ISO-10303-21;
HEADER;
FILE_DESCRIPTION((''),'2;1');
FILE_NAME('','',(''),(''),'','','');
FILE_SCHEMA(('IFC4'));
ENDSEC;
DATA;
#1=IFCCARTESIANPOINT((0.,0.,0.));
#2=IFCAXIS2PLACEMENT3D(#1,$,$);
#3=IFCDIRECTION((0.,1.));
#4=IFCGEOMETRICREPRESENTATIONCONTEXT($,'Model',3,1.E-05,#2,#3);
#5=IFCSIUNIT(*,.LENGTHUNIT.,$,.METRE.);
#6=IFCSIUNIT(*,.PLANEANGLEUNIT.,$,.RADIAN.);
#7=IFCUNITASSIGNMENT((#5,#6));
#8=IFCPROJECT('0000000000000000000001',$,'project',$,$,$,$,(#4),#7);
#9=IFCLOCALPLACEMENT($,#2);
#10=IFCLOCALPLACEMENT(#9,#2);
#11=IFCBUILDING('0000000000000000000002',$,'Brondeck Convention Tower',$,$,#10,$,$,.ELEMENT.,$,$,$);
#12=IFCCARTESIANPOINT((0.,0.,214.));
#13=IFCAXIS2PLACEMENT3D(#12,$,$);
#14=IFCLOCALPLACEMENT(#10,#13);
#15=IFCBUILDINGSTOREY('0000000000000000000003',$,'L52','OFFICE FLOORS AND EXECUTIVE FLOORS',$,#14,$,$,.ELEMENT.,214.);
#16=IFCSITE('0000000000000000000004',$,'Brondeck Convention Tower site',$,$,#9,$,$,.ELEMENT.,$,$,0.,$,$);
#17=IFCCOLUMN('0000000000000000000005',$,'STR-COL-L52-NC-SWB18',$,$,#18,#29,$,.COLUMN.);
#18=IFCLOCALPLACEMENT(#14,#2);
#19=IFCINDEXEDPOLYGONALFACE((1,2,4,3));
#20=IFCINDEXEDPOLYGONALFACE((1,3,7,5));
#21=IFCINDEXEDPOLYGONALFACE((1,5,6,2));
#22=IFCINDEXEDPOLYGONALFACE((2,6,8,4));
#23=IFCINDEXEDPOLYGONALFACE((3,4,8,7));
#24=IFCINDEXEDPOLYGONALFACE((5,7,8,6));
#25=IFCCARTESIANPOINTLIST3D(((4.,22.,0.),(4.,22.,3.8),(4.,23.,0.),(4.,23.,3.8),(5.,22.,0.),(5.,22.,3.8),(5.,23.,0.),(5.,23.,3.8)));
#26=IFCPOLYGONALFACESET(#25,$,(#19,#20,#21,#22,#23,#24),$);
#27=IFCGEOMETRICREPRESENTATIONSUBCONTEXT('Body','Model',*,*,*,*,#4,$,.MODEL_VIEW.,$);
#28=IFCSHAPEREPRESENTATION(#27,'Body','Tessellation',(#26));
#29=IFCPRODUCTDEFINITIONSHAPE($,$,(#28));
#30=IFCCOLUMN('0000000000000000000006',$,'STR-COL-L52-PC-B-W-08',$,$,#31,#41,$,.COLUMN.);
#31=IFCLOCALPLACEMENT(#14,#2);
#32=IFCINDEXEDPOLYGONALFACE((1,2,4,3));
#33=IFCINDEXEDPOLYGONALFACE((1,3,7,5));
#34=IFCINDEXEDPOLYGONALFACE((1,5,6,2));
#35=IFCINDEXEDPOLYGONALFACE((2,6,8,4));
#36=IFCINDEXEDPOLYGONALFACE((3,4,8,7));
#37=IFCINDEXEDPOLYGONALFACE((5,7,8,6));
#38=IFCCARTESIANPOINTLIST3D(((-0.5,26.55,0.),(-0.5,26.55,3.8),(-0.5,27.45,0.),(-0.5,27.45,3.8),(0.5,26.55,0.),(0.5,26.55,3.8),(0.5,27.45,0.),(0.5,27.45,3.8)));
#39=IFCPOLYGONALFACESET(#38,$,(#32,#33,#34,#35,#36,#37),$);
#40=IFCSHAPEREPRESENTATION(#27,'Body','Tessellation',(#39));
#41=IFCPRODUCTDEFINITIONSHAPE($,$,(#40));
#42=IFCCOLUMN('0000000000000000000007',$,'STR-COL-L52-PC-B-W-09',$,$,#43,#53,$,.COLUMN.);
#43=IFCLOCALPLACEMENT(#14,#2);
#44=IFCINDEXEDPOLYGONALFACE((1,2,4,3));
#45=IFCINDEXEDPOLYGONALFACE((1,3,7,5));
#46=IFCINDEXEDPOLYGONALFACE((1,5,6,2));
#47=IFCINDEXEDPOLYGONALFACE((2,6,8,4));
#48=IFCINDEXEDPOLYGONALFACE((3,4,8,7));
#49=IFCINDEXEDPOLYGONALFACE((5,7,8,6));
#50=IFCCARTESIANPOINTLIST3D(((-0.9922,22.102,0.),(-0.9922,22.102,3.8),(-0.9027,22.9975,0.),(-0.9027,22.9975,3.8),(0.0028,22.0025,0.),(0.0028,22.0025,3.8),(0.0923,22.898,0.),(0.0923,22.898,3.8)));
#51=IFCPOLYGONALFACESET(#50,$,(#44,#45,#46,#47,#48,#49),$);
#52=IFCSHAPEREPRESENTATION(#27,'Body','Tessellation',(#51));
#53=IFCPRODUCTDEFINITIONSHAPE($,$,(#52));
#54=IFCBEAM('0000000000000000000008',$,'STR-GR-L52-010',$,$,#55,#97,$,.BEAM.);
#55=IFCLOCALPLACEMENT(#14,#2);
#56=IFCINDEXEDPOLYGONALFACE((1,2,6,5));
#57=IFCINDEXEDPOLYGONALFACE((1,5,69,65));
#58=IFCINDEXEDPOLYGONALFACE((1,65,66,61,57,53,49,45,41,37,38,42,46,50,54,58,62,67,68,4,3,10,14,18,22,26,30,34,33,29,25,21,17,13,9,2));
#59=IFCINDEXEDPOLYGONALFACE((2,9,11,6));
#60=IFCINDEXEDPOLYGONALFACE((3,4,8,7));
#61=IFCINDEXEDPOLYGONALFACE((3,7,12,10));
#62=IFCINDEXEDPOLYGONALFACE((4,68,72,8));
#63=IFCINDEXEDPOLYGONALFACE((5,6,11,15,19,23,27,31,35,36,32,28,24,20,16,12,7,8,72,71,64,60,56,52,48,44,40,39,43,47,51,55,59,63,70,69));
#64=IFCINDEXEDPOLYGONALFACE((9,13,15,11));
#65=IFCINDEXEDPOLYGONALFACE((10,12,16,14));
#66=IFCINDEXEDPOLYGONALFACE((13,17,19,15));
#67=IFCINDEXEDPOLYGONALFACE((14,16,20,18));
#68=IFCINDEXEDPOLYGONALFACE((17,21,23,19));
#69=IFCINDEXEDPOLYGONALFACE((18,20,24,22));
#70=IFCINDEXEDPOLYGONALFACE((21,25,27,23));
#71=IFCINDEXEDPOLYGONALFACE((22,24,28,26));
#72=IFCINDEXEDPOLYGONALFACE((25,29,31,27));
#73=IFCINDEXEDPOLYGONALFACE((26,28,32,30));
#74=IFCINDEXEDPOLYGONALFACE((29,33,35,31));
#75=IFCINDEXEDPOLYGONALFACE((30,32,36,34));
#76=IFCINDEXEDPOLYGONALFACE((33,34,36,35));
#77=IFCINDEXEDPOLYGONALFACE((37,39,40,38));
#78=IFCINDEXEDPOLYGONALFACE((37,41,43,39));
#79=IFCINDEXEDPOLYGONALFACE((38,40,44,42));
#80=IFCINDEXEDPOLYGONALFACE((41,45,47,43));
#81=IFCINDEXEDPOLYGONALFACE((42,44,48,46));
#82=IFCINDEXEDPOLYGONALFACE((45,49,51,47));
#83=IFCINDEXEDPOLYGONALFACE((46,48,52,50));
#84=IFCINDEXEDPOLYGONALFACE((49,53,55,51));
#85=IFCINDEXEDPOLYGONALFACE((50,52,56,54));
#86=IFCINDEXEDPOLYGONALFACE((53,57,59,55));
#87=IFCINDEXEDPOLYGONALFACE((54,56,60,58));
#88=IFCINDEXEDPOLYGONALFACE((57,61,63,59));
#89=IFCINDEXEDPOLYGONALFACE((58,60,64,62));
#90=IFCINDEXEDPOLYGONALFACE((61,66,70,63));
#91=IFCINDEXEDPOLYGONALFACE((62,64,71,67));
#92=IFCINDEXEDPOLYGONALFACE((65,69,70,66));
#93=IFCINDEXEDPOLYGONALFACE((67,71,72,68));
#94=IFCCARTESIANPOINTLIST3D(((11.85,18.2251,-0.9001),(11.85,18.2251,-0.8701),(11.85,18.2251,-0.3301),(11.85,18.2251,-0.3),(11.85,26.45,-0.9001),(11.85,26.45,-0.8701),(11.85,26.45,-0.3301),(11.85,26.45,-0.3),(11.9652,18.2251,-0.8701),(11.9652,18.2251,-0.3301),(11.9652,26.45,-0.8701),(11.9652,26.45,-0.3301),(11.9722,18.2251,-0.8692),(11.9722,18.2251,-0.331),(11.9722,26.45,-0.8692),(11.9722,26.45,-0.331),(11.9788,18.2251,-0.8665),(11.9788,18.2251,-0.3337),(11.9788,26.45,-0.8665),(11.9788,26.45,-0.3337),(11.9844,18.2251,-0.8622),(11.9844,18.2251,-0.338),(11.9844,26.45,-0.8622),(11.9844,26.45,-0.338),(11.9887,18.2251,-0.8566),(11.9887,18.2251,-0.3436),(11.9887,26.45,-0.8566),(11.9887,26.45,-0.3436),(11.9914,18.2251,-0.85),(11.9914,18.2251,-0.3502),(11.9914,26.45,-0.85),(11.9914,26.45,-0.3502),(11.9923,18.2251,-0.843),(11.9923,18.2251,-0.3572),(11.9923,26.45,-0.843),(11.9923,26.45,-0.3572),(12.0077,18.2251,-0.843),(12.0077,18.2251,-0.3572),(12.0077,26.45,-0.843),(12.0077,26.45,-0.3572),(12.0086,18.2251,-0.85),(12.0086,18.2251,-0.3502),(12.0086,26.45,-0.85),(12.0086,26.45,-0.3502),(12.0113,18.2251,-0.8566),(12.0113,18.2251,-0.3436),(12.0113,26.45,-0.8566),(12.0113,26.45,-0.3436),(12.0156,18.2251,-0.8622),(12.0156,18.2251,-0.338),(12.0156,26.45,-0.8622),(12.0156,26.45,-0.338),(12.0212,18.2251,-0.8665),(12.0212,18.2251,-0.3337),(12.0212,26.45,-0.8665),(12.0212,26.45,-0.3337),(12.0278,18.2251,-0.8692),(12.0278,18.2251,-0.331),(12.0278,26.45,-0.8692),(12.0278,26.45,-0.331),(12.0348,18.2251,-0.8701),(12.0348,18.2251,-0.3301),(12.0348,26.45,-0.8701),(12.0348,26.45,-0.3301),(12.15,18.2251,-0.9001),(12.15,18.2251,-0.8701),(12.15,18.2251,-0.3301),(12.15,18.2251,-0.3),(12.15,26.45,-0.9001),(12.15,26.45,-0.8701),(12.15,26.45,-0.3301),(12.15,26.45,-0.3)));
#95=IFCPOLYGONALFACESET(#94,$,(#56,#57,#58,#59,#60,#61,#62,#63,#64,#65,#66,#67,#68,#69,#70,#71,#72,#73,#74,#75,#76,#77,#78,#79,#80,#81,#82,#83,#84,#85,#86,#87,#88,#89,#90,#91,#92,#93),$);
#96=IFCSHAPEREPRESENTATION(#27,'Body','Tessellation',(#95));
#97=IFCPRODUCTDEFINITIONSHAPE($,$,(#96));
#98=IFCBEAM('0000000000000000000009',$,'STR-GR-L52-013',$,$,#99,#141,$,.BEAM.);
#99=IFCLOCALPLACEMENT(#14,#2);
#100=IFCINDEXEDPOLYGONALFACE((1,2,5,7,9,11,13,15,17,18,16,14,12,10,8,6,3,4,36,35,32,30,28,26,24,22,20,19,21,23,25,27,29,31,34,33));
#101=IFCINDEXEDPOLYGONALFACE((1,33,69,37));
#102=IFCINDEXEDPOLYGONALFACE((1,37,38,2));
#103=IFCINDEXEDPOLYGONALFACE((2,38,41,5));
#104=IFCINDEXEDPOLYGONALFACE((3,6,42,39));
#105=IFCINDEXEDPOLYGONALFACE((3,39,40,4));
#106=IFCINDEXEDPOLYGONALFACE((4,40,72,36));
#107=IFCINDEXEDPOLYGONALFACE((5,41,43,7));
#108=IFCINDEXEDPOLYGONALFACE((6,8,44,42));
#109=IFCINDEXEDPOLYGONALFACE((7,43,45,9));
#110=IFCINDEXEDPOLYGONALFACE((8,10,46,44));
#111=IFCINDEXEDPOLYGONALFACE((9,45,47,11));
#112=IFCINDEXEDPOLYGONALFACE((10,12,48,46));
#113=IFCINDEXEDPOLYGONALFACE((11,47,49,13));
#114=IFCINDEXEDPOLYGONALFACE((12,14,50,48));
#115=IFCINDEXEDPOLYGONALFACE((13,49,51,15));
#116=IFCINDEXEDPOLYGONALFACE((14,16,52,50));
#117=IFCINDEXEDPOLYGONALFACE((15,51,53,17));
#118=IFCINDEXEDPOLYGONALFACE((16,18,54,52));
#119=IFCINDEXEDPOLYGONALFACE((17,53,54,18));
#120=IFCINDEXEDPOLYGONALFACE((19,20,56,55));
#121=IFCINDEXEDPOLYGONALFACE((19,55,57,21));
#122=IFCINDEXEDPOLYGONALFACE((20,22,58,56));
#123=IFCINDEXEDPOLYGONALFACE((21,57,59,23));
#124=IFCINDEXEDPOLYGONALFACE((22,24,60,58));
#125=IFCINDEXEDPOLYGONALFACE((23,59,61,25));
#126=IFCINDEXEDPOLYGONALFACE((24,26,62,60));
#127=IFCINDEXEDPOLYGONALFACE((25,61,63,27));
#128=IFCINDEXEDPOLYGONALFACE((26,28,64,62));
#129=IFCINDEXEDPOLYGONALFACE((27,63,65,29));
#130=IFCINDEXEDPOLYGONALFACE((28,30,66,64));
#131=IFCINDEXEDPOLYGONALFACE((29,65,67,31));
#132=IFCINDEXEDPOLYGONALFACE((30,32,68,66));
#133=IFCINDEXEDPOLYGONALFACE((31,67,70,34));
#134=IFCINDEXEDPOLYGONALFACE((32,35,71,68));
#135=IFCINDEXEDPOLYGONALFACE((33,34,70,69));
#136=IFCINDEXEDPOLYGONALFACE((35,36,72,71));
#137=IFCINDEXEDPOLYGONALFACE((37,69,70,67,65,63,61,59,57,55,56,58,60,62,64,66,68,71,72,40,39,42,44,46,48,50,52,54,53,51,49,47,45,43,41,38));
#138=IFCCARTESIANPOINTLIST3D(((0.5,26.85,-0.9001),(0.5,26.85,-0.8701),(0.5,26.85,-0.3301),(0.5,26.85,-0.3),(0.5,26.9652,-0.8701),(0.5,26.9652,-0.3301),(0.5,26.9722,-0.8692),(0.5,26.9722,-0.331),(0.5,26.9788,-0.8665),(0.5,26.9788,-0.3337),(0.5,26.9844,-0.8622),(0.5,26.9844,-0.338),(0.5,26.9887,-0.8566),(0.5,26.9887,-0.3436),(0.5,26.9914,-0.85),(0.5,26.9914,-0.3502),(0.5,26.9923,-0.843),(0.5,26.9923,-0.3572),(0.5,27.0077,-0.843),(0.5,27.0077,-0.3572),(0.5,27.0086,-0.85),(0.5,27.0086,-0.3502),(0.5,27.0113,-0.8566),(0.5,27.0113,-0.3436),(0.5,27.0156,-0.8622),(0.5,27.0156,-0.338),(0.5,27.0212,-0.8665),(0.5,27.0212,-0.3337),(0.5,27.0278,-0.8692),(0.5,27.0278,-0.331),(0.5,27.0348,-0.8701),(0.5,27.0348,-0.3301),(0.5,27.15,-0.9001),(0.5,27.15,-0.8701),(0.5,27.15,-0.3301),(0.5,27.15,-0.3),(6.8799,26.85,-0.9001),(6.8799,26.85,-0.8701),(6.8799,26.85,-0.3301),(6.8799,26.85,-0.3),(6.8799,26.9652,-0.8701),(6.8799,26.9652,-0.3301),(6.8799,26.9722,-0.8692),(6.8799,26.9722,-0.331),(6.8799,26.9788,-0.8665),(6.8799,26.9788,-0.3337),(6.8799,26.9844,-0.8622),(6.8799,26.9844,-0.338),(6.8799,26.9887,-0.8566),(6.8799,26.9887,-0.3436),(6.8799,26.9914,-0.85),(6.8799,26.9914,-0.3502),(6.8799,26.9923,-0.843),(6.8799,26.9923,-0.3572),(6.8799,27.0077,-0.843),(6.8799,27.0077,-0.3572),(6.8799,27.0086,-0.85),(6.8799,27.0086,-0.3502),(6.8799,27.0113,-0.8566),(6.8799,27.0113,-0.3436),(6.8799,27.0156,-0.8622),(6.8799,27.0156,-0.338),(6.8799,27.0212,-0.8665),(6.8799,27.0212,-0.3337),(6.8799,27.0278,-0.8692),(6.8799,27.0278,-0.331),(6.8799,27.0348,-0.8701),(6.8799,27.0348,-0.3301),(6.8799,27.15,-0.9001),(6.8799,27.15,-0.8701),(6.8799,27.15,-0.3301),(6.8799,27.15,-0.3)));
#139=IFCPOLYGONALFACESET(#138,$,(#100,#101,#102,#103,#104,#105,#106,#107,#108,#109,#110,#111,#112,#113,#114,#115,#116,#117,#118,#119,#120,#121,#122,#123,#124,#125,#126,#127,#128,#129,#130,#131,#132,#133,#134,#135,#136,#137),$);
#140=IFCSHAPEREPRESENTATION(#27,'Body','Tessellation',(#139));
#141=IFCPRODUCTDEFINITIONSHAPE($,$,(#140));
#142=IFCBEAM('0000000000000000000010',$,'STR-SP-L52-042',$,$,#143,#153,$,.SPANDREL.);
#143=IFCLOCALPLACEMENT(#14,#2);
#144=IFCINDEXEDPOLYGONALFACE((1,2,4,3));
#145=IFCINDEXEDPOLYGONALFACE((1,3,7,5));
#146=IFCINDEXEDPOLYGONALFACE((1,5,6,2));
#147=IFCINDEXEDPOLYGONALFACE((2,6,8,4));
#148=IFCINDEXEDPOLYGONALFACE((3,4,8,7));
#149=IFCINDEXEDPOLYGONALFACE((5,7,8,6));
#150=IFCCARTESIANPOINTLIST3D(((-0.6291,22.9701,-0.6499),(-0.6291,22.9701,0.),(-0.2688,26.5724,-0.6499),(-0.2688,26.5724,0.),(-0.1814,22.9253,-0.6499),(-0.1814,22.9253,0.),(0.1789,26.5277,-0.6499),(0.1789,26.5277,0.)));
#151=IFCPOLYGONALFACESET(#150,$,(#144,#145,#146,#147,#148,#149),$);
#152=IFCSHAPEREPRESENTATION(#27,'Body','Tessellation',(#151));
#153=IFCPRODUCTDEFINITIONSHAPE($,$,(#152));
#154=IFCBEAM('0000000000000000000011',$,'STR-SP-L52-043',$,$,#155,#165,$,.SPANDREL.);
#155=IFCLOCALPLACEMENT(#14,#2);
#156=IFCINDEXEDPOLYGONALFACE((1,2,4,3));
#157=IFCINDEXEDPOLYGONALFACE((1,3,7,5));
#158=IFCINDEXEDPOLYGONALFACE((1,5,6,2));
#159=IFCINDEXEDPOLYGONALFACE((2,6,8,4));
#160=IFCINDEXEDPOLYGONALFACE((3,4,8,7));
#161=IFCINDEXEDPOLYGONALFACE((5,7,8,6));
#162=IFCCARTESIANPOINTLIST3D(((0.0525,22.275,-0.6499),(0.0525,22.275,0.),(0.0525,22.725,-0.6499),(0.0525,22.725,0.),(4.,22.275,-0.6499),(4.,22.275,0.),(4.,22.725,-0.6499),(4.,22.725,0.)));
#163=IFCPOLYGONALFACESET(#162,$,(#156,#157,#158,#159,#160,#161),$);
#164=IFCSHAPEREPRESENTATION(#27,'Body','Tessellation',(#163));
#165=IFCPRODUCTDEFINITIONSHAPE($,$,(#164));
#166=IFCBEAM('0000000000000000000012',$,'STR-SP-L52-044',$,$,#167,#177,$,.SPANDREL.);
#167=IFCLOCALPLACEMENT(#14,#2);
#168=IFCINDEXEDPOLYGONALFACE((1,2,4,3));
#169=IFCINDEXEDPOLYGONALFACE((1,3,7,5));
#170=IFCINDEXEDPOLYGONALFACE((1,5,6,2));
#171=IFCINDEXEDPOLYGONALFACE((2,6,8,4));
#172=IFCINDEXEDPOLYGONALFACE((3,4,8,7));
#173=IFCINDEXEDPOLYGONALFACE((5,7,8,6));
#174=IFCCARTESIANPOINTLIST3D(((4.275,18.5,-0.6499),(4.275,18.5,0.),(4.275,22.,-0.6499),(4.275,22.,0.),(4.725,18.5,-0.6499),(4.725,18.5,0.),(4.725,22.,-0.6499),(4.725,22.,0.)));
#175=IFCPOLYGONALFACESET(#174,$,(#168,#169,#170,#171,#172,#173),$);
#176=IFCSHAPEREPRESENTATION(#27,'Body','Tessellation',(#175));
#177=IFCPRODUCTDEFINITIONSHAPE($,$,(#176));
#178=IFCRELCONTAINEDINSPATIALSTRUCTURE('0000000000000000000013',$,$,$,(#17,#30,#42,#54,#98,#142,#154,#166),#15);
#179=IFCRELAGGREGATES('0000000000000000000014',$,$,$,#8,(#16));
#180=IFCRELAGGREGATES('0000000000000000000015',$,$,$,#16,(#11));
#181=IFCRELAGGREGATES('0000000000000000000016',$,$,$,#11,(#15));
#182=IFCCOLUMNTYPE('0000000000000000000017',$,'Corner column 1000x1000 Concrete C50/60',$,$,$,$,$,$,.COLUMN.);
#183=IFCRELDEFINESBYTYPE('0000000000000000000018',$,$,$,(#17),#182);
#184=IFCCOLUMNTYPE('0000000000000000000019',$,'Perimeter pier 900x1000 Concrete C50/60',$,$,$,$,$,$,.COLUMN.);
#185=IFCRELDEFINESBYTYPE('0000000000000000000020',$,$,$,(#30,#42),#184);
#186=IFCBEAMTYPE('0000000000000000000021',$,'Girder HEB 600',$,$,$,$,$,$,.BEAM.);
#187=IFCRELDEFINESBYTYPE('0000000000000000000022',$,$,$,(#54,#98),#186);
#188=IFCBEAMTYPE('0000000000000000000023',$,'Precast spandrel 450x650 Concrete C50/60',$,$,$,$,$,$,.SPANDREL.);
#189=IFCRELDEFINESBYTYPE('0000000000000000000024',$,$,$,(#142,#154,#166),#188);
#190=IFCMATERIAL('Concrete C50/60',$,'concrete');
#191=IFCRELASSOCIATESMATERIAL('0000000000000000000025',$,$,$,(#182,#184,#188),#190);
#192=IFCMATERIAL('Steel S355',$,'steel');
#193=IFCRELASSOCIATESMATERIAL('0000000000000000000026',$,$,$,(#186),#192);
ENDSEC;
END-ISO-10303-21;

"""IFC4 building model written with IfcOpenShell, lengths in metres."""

from ifc_helpers import new_model, si_unit, direction, frame, origin, origin_2d, place, context, subcontext, project, spatial, rectangle, i_section, extrude, material, material_profile, profile_set, type_object, element, save


model = new_model("IFC4")

# Units and contexts
model_context = context("Model", 3, precision=1e-05, world=origin(), true_north=direction((0.0, 1.0)))
body_context = subcontext(model_context, "Body", "Model", "MODEL_VIEW")
ifc_project = project(units=[si_unit("LENGTHUNIT", "METRE"), si_unit("PLANEANGLEUNIT", "RADIAN")], contexts=[model_context])

# Site, building, storey
site_placement = place(None, origin())
site = spatial("IfcSite", under=ifc_project, at=site_placement, Name="Brondeck Convention Tower site", CompositionType="ELEMENT", RefElevation=0.0)
building_placement = place(site_placement, origin())
building = spatial("IfcBuilding", under=site, at=building_placement, Name="Brondeck Convention Tower", CompositionType="ELEMENT")
storey_placement = place(building_placement, frame((0.0, 0.0, 214.0)))
storey = spatial("IfcBuildingStorey", under=building, at=storey_placement, Name="L52", Description="OFFICE FLOORS AND EXECUTIVE FLOORS", CompositionType="ELEMENT", Elevation=214.0)

# Columns
ifc_material_1 = material(Name="Concrete C50/60", Category="concrete")
ifc_material_profile_1 = material_profile(ifc_material_1, rectangle(XDim=1.0, YDim=1.0, at=origin_2d()), Name="Corner column 1000x1000 Concrete C50/60")
ifc_profile_set_1 = profile_set([ifc_material_profile_1], Name="Concrete C50/60")
column_type_1 = type_object("IfcColumnType", Name="Corner column 1000x1000 Concrete C50/60", PredefinedType="COLUMN", material=ifc_profile_set_1)
column_placement = place(storey_placement, frame((4.5, 22.5, 0.0), z_axis=(0.0, 0.0, 1.0), x_axis=(1.0, 0.0, 0.0)))
element("IfcColumn", 1, at=column_placement, inside=storey, type_object=column_type_1, Name="STR-COL-L52-NC-SWB18", PredefinedType="COLUMN", context=body_context, shape_type="SweptSolid", body=[
    extrude(rectangle(XDim=1.0, YDim=1.0, at=origin_2d()), origin(), (0.0, 0.0, 1.0), 3.8),
])
ifc_material_profile_2 = material_profile(ifc_material_1, rectangle(XDim=0.8999, YDim=1.0, at=origin_2d()), Name="Perimeter pier 900x1000 Concrete C50/60")
ifc_profile_set_2 = profile_set([ifc_material_profile_2], Name="Concrete C50/60")
column_type_2 = type_object("IfcColumnType", Name="Perimeter pier 900x1000 Concrete C50/60", PredefinedType="COLUMN", material=ifc_profile_set_2)
for number, where, z_axis, x_axis, name in (
    (2, (0.0, 27.0, 0.0), (0.0, 0.0, 1.0), (0.0, -1.0, 0.0), "STR-COL-L52-PC-B-W-08"),
    (3, (-0.45, 22.5, 0.0), (0.0, 0.0, 1.0), (-0.099504, -0.995037, 0.0), "STR-COL-L52-PC-B-W-09"),
):
    element("IfcColumn", number, at=place(storey_placement, frame(where, z_axis=z_axis, x_axis=x_axis)), inside=storey, type_object=column_type_2, Name=name, PredefinedType="COLUMN", context=body_context, shape_type="SweptSolid", body=[
        extrude(rectangle(XDim=0.8999, YDim=1.0, at=origin_2d()), origin(), (0.0, 0.0, 1.0), 3.8),
    ])

# Beams
ifc_material_2 = material(Name="Steel S355", Category="steel")
ifc_material_profile_3 = material_profile(ifc_material_2, i_section(OverallWidth=0.3, OverallDepth=0.6001, WebThickness=0.0154, FlangeThickness=0.03, FilletRadius=0.0271, at=origin_2d()), Name="HEB 600")
ifc_profile_set_3 = profile_set([ifc_material_profile_3], Name="Steel S355")
beam_type_1 = type_object("IfcBeamType", Name="Girder HEB 600", PredefinedType="BEAM", material=ifc_profile_set_3)
beam_1_placement = place(storey_placement, frame((12.0, 26.45, -0.6001), z_axis=(0.0, -1.0, 0.0), x_axis=(1.0, 0.0, 0.0)))
element("IfcBeam", 4, at=beam_1_placement, inside=storey, type_object=beam_type_1, Name="STR-GR-L52-010", PredefinedType="BEAM", context=body_context, shape_type="SweptSolid", body=[
    extrude(i_section(OverallWidth=0.3, OverallDepth=0.6001, WebThickness=0.0154, FlangeThickness=0.03, FilletRadius=0.0271, at=origin_2d()), origin(), (0.0, 0.0, 1.0), 8.2249),
])
beam_2_placement = place(storey_placement, frame((0.5, 27.0, -0.6001), z_axis=(1.0, 0.0, 0.0), x_axis=(0.0, 1.0, 0.0)))
element("IfcBeam", 5, at=beam_2_placement, inside=storey, type_object=beam_type_1, Name="STR-GR-L52-013", PredefinedType="BEAM", context=body_context, shape_type="SweptSolid", body=[
    extrude(i_section(OverallWidth=0.3, OverallDepth=0.6001, WebThickness=0.0154, FlangeThickness=0.03, FilletRadius=0.0271, at=origin_2d()), origin(), (0.0, 0.0, 1.0), 6.3799),
])
ifc_material_profile_4 = material_profile(ifc_material_1, rectangle(XDim=0.45, YDim=0.6499, at=origin_2d()), Name="Precast spandrel 450x650 Concrete C50/60")
ifc_profile_set_4 = profile_set([ifc_material_profile_4], Name="Concrete C50/60")
beam_type_2 = type_object("IfcBeamType", Name="Precast spandrel 450x650 Concrete C50/60", PredefinedType="SPANDREL", material=ifc_profile_set_4)
beam_3_placement = place(storey_placement, frame((-0.0449, 26.55, -0.325), z_axis=(-0.099537, -0.995034, 0.0), x_axis=(0.995034, -0.099537, 0.0)))
element("IfcBeam", 6, at=beam_3_placement, inside=storey, type_object=beam_type_2, Name="STR-SP-L52-042", PredefinedType="SPANDREL", context=body_context, shape_type="SweptSolid", body=[
    extrude(rectangle(XDim=0.45, YDim=0.6499, at=origin_2d()), origin(), (0.0, 0.0, 1.0), 3.6204),
])
beam_4_placement = place(storey_placement, frame((0.0525, 22.5, -0.325), z_axis=(1.0, 0.0, 0.0), x_axis=(0.0, 1.0, 0.0)))
element("IfcBeam", 7, at=beam_4_placement, inside=storey, type_object=beam_type_2, Name="STR-SP-L52-043", PredefinedType="SPANDREL", context=body_context, shape_type="SweptSolid", body=[
    extrude(rectangle(XDim=0.45, YDim=0.6499, at=origin_2d()), origin(), (0.0, 0.0, 1.0), 3.9475),
])
beam_5_placement = place(storey_placement, frame((4.5, 22.0, -0.325), z_axis=(0.0, -1.0, 0.0), x_axis=(1.0, 0.0, 0.0)))
element("IfcBeam", 8, at=beam_5_placement, inside=storey, type_object=beam_type_2, Name="STR-SP-L52-044", PredefinedType="SPANDREL", context=body_context, shape_type="SweptSolid", body=[
    extrude(rectangle(XDim=0.45, YDim=0.6499, at=origin_2d()), origin(), (0.0, 0.0, 1.0), 3.5),
])

save(model, "model.ifc")
